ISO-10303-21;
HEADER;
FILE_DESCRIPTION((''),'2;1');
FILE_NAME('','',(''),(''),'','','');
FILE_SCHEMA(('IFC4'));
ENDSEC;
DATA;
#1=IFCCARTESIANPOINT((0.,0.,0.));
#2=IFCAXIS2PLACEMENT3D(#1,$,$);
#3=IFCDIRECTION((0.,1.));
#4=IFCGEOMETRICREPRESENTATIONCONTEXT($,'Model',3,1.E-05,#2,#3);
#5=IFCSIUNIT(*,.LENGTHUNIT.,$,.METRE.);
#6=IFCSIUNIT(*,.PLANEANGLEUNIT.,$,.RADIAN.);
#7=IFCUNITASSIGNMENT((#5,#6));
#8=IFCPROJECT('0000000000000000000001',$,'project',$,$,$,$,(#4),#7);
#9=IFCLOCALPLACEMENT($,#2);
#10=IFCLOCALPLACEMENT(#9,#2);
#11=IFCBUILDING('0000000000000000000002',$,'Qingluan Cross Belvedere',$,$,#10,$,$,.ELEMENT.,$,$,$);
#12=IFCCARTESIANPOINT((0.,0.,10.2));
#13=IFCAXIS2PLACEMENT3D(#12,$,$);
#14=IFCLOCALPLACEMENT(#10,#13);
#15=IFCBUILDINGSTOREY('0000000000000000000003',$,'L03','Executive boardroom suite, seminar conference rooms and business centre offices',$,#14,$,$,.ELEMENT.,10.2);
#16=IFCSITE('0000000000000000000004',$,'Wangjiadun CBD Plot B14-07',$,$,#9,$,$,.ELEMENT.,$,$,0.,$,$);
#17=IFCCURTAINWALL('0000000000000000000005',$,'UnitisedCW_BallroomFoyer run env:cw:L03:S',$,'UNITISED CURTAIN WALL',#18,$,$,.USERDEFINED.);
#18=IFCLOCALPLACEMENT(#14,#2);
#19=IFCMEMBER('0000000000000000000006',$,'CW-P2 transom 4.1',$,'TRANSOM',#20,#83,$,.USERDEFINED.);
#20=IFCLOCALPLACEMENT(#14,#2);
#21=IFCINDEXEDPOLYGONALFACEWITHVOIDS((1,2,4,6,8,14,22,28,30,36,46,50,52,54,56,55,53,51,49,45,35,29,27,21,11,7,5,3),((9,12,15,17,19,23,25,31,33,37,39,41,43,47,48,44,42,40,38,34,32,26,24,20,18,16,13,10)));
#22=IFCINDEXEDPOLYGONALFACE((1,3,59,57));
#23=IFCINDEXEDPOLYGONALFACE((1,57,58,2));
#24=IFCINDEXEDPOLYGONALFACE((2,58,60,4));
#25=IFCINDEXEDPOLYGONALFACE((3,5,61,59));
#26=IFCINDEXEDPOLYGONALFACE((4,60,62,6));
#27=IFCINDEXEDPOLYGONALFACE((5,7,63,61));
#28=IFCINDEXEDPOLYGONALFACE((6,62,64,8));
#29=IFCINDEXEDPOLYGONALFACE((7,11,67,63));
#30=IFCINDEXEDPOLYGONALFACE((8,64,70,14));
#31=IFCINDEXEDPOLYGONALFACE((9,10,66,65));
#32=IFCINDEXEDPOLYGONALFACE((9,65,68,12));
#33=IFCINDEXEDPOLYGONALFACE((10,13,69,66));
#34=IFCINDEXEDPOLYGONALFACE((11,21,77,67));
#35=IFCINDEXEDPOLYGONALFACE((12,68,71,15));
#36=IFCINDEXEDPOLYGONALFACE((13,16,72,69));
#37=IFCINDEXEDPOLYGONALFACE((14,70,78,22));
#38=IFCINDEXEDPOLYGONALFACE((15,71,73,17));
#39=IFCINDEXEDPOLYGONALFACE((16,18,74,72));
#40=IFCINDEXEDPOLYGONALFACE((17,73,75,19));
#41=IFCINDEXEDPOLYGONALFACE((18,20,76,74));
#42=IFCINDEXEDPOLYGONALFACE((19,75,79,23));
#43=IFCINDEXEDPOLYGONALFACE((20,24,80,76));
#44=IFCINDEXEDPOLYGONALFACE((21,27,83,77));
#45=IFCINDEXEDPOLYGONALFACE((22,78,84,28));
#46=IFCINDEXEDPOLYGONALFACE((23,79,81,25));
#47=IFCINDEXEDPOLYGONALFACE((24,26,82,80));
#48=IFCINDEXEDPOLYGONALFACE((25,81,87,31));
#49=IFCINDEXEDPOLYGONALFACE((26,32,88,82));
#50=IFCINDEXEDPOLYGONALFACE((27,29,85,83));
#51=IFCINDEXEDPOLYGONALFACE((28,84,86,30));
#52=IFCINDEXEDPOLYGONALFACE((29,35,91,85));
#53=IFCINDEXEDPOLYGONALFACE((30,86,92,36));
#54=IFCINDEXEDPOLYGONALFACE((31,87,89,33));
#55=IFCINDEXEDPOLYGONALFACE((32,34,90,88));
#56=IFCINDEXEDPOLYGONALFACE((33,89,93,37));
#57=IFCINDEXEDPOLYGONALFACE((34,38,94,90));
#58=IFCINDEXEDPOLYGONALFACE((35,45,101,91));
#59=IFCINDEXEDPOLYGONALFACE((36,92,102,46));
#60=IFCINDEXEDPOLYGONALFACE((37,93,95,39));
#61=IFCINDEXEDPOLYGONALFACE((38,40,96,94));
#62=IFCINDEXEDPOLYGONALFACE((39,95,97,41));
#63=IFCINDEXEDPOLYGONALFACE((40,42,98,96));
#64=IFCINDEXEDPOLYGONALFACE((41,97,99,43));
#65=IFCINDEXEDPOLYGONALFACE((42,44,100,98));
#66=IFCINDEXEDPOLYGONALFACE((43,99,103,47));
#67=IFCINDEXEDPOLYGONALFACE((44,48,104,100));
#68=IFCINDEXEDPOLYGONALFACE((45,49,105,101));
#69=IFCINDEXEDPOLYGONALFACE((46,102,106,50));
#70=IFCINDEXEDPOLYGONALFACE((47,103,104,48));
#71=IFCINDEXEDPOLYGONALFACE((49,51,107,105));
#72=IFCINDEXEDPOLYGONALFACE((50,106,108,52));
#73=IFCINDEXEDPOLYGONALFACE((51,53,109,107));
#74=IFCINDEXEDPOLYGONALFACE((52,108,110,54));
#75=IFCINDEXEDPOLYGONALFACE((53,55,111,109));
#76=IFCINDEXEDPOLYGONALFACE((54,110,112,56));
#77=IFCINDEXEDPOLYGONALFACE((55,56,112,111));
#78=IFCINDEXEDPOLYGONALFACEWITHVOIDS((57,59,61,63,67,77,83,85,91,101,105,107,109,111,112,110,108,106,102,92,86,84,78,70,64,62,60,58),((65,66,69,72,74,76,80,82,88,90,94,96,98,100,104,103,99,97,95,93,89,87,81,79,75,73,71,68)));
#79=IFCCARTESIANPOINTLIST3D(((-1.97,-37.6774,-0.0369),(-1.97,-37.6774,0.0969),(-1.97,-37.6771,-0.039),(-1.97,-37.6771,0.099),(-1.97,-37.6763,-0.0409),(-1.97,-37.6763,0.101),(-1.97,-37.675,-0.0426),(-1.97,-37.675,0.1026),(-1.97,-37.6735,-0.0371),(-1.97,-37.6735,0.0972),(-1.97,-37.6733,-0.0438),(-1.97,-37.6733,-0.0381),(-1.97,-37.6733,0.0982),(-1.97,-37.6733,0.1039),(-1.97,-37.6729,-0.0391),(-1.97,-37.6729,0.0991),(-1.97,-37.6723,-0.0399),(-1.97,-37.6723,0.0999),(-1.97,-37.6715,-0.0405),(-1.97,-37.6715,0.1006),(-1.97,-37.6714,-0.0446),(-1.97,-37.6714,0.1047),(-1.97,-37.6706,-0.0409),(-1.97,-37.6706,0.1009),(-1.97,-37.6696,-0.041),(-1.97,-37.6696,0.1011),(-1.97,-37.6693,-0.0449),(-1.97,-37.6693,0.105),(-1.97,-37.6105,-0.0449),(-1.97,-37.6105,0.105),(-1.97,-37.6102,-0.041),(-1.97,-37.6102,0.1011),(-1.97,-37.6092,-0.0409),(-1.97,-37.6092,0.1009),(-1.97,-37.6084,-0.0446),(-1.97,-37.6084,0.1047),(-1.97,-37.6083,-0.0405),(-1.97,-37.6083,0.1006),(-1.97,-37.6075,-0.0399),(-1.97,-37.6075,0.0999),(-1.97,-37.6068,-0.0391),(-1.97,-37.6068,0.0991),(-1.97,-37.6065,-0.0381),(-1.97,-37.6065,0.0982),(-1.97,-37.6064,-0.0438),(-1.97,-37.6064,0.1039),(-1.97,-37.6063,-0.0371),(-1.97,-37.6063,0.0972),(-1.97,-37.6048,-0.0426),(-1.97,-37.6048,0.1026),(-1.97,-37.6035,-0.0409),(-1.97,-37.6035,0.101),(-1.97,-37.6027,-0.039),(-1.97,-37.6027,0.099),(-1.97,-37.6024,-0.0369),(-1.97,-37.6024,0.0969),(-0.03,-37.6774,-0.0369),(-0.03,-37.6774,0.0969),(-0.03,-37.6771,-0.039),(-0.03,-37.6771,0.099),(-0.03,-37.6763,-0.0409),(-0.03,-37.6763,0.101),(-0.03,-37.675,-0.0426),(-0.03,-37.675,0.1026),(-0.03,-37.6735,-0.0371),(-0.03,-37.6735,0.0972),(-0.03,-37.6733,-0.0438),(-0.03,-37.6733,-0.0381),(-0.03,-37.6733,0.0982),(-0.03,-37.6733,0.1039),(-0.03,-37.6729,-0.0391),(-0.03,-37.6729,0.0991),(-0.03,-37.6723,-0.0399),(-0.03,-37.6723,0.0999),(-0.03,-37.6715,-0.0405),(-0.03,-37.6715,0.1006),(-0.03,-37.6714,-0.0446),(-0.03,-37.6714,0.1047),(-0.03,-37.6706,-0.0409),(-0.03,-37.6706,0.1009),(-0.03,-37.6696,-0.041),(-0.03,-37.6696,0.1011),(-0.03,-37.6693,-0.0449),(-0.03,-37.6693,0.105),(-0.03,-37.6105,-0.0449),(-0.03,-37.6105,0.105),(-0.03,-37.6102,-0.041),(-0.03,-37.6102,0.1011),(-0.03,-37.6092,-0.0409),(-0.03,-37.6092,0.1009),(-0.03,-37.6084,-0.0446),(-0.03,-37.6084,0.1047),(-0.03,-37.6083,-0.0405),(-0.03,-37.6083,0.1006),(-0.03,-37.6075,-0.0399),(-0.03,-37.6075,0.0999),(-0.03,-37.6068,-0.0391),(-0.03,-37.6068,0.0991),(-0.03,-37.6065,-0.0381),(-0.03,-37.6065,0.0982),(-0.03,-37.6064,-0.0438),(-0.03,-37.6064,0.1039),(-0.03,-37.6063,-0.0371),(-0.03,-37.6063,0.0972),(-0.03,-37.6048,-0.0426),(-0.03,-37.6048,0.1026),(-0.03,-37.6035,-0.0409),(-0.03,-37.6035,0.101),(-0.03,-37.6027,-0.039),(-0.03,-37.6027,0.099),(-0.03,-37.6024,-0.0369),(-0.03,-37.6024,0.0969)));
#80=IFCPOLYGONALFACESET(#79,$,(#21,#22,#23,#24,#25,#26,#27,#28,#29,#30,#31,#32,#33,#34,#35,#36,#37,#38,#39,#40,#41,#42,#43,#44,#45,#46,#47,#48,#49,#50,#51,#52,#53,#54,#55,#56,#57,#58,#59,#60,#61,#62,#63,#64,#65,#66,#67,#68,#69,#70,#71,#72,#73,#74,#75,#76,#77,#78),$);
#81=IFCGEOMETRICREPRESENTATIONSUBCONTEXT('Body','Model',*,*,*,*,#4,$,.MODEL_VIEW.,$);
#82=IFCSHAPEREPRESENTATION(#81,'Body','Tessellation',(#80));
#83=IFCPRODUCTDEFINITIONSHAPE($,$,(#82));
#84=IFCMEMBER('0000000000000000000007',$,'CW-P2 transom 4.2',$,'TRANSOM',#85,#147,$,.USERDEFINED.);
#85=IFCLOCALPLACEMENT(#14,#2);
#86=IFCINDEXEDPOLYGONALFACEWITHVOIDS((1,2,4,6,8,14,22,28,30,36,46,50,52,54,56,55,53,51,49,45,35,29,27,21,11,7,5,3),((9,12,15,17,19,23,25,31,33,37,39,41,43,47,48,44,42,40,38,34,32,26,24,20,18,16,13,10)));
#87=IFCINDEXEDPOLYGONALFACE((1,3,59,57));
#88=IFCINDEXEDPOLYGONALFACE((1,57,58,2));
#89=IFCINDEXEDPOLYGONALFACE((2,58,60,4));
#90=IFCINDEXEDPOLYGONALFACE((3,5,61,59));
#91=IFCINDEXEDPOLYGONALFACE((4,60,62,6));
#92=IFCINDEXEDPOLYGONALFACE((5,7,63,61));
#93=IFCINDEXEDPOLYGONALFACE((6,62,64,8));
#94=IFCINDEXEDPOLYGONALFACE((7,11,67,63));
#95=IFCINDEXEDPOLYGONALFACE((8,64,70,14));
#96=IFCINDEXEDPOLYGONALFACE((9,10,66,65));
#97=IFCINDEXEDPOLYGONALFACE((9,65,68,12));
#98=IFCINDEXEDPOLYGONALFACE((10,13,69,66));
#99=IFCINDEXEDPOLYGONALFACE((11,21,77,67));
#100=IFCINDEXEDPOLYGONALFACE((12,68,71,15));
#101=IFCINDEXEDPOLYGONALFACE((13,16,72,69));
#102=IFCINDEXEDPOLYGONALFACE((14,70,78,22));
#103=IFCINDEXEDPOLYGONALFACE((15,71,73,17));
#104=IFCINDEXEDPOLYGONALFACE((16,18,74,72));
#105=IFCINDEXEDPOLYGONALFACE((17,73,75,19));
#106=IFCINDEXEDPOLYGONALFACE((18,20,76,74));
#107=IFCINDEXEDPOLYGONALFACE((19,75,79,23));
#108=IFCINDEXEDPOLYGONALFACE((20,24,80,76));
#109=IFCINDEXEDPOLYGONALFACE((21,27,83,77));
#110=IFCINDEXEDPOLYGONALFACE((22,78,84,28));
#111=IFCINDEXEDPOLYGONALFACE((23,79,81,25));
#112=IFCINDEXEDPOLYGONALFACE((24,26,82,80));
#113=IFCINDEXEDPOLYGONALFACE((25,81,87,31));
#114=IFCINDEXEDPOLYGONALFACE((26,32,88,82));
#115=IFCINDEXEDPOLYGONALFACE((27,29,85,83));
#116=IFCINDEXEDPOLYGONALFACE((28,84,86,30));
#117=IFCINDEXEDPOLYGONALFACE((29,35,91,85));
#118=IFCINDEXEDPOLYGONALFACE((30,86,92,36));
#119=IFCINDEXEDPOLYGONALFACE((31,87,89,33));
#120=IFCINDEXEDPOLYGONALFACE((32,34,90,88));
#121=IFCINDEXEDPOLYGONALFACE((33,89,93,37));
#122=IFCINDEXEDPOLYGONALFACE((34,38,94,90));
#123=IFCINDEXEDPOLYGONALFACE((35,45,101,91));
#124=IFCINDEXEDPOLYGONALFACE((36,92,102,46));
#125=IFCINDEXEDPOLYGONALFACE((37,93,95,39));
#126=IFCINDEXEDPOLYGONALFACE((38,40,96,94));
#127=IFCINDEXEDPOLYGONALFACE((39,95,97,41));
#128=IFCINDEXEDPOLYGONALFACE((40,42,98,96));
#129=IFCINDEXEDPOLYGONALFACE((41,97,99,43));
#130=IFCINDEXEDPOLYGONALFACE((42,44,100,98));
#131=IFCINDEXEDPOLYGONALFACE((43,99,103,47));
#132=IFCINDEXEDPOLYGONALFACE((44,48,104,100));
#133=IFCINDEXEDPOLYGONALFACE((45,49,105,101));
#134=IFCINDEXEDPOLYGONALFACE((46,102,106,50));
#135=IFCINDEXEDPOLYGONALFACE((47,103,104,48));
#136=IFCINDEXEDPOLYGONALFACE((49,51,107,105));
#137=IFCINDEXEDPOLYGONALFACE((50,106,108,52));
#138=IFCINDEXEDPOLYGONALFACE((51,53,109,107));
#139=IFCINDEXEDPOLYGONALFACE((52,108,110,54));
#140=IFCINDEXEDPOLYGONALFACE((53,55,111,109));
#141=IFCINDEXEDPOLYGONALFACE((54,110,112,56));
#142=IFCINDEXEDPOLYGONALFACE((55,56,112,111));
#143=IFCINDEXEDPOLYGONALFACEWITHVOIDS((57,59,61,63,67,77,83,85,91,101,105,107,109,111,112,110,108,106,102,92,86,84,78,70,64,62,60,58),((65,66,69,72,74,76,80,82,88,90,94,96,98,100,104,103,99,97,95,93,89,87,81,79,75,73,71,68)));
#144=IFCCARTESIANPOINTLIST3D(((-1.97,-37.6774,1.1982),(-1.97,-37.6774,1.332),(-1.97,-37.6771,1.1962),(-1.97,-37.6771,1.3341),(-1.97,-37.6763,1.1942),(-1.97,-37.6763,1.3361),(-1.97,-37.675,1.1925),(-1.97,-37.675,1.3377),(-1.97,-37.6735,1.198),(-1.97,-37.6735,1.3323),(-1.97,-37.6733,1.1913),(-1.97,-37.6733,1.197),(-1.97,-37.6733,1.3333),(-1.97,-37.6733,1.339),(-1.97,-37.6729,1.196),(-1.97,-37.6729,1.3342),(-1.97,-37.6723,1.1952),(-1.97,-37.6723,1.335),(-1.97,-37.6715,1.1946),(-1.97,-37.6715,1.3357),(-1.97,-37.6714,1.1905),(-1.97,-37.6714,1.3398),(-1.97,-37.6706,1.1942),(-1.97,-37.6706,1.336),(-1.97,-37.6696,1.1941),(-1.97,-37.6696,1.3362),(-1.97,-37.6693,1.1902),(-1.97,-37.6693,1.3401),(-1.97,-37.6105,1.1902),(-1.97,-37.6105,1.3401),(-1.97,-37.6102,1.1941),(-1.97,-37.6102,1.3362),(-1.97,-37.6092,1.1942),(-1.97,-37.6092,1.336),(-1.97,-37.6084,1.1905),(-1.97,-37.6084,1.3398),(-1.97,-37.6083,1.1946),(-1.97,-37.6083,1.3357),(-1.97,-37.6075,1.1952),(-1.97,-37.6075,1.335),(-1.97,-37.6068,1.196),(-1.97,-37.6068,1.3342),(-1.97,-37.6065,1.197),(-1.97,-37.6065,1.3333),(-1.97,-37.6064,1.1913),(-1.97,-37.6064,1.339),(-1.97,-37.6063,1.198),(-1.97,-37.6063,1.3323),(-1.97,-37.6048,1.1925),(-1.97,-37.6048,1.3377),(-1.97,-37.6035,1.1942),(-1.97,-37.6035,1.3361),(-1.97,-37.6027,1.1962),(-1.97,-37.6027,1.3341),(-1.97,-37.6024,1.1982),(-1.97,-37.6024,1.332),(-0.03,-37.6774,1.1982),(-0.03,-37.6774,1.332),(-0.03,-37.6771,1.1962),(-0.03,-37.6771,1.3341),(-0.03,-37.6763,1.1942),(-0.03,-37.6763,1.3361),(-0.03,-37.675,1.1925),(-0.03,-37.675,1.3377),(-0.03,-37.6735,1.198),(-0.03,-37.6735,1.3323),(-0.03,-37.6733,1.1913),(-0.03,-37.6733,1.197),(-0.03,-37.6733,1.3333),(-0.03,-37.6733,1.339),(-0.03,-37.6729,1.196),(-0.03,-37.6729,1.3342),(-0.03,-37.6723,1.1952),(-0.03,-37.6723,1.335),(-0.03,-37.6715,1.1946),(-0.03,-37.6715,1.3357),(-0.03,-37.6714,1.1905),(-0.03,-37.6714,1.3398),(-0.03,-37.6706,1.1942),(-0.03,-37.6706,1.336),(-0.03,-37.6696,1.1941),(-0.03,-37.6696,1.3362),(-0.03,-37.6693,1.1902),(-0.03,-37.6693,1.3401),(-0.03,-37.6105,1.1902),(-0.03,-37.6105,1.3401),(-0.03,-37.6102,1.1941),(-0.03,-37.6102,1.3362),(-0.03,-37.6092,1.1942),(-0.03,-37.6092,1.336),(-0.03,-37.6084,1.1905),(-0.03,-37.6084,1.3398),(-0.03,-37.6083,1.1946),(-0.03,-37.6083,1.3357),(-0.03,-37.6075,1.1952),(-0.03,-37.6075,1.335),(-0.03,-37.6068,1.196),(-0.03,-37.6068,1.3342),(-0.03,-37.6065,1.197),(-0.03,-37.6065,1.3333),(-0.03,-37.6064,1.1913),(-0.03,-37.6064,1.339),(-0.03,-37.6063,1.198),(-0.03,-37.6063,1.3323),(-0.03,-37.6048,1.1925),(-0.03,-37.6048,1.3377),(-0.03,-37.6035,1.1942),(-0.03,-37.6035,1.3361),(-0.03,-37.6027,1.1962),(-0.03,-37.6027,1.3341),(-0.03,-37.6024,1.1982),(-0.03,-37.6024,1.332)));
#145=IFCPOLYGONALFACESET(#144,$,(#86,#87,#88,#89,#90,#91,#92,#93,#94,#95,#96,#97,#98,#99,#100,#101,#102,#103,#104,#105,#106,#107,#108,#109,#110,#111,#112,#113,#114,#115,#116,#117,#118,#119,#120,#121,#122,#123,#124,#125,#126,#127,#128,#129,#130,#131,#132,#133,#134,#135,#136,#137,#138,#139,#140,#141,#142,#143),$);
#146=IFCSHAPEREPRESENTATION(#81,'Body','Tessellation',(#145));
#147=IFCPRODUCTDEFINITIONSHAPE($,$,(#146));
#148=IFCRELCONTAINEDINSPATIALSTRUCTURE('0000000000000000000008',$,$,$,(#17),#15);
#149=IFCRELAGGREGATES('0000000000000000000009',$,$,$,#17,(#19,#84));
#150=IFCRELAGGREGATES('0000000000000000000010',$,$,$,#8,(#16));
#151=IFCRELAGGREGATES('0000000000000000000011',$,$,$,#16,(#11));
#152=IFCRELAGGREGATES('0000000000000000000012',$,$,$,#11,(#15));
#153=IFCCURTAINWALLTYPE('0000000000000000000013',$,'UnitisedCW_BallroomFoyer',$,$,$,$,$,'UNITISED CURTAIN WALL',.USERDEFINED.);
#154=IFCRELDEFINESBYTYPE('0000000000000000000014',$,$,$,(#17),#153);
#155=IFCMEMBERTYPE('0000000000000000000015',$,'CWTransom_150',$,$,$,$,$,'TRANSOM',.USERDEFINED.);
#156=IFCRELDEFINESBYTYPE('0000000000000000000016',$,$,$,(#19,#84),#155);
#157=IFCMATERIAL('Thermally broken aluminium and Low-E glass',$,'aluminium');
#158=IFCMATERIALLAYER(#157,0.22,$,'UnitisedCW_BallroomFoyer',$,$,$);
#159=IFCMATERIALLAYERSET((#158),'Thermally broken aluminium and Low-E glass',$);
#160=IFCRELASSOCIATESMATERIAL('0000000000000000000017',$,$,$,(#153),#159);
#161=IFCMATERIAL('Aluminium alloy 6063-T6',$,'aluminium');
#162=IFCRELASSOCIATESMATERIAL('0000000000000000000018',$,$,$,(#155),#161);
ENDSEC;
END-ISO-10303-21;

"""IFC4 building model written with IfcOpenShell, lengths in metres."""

from ifc_helpers import new_model, si_unit, direction, frame, origin, origin_2d, place, context, subcontext, project, spatial, hollow_rectangle, extrude, material, layer, layer_set, material_profile, profile_set, type_object, element, aggregate, save


model = new_model("IFC4")

# Units and contexts
model_context = context("Model", 3, precision=1e-05, world=origin(), true_north=direction((0.0, 1.0)))
body_context = subcontext(model_context, "Body", "Model", "MODEL_VIEW")
ifc_project = project(units=[si_unit("LENGTHUNIT", "METRE"), si_unit("PLANEANGLEUNIT", "RADIAN")], contexts=[model_context])

# Site, building, storey
site_placement = place(None, origin())
site = spatial("IfcSite", under=ifc_project, at=site_placement, Name="Wangjiadun CBD Plot B14-07", CompositionType="ELEMENT", RefElevation=0.0)
building_placement = place(site_placement, origin())
building = spatial("IfcBuilding", under=site, at=building_placement, Name="Qingluan Cross Belvedere", CompositionType="ELEMENT")
storey_placement = place(building_placement, frame((0.0, 0.0, 10.2)))
storey = spatial("IfcBuildingStorey", under=building, at=storey_placement, Name="L03", Description="Executive boardroom suite, seminar conference rooms and business centre offices", CompositionType="ELEMENT", Elevation=10.2)

# Curtain wall, members
ifc_material_1 = material(Name="Thermally broken aluminium and Low-E glass", Category="aluminium")
ifc_layer_1 = layer(ifc_material_1, 0.22, Name="UnitisedCW_BallroomFoyer")
ifc_layer_set_1 = layer_set([ifc_layer_1], Name="Thermally broken aluminium and Low-E glass")
curtain_wall_type = type_object("IfcCurtainWallType", Name="UnitisedCW_BallroomFoyer", ElementType="UNITISED CURTAIN WALL", PredefinedType="USERDEFINED", material=ifc_layer_set_1)
curtain_wall_placement = place(storey_placement, origin())
curtain_wall = element("IfcCurtainWall", 1, at=curtain_wall_placement, inside=storey, type_object=curtain_wall_type, Name="UnitisedCW_BallroomFoyer run env:cw:L03:S", ObjectType="UNITISED CURTAIN WALL", PredefinedType="USERDEFINED")
ifc_material_2 = material(Name="Aluminium alloy 6063-T6", Category="aluminium")
ifc_material_profile_1 = material_profile(ifc_material_2, hollow_rectangle(XDim=0.075, YDim=0.1499, WallThickness=0.0039, InnerFilletRadius=0.0039, OuterFilletRadius=0.0081, at=origin_2d()), Name="CWT150x75x4")
ifc_profile_set_1 = profile_set([ifc_material_profile_1], Name="Aluminium alloy 6063-T6")
member_type_1 = type_object("IfcMemberType", Name="CWTransom_150", ElementType="TRANSOM", PredefinedType="USERDEFINED", material=ifc_profile_set_1)
member_1_placement = place(storey_placement, frame((-0.03, -37.6399, 0.03), z_axis=(-1.0, 0.0, 0.0), x_axis=(0.0, -1.0, 0.0)))
member_1 = element("IfcMember", 2, at=member_1_placement, type_object=member_type_1, Name="CW-P2 transom 4.1", ObjectType="TRANSOM", PredefinedType="USERDEFINED", context=body_context, shape_type="SweptSolid", body=[
    extrude(hollow_rectangle(XDim=0.075, YDim=0.1499, WallThickness=0.0039, InnerFilletRadius=0.0039, OuterFilletRadius=0.0081, at=origin_2d()), origin(), (0.0, 0.0, 1.0), 1.9399),
])
member_2_placement = place(storey_placement, frame((-0.03, -37.6399, 1.2651), z_axis=(-1.0, 0.0, 0.0), x_axis=(0.0, -1.0, 0.0)))
member_2 = element("IfcMember", 3, at=member_2_placement, type_object=member_type_1, Name="CW-P2 transom 4.2", ObjectType="TRANSOM", PredefinedType="USERDEFINED", context=body_context, shape_type="SweptSolid", body=[
    extrude(hollow_rectangle(XDim=0.075, YDim=0.1499, WallThickness=0.0039, InnerFilletRadius=0.0039, OuterFilletRadius=0.0081, at=origin_2d()), origin(), (0.0, 0.0, 1.0), 1.9399),
])

aggregate(curtain_wall, [member_1, member_2])

save(model, "model.ifc")
